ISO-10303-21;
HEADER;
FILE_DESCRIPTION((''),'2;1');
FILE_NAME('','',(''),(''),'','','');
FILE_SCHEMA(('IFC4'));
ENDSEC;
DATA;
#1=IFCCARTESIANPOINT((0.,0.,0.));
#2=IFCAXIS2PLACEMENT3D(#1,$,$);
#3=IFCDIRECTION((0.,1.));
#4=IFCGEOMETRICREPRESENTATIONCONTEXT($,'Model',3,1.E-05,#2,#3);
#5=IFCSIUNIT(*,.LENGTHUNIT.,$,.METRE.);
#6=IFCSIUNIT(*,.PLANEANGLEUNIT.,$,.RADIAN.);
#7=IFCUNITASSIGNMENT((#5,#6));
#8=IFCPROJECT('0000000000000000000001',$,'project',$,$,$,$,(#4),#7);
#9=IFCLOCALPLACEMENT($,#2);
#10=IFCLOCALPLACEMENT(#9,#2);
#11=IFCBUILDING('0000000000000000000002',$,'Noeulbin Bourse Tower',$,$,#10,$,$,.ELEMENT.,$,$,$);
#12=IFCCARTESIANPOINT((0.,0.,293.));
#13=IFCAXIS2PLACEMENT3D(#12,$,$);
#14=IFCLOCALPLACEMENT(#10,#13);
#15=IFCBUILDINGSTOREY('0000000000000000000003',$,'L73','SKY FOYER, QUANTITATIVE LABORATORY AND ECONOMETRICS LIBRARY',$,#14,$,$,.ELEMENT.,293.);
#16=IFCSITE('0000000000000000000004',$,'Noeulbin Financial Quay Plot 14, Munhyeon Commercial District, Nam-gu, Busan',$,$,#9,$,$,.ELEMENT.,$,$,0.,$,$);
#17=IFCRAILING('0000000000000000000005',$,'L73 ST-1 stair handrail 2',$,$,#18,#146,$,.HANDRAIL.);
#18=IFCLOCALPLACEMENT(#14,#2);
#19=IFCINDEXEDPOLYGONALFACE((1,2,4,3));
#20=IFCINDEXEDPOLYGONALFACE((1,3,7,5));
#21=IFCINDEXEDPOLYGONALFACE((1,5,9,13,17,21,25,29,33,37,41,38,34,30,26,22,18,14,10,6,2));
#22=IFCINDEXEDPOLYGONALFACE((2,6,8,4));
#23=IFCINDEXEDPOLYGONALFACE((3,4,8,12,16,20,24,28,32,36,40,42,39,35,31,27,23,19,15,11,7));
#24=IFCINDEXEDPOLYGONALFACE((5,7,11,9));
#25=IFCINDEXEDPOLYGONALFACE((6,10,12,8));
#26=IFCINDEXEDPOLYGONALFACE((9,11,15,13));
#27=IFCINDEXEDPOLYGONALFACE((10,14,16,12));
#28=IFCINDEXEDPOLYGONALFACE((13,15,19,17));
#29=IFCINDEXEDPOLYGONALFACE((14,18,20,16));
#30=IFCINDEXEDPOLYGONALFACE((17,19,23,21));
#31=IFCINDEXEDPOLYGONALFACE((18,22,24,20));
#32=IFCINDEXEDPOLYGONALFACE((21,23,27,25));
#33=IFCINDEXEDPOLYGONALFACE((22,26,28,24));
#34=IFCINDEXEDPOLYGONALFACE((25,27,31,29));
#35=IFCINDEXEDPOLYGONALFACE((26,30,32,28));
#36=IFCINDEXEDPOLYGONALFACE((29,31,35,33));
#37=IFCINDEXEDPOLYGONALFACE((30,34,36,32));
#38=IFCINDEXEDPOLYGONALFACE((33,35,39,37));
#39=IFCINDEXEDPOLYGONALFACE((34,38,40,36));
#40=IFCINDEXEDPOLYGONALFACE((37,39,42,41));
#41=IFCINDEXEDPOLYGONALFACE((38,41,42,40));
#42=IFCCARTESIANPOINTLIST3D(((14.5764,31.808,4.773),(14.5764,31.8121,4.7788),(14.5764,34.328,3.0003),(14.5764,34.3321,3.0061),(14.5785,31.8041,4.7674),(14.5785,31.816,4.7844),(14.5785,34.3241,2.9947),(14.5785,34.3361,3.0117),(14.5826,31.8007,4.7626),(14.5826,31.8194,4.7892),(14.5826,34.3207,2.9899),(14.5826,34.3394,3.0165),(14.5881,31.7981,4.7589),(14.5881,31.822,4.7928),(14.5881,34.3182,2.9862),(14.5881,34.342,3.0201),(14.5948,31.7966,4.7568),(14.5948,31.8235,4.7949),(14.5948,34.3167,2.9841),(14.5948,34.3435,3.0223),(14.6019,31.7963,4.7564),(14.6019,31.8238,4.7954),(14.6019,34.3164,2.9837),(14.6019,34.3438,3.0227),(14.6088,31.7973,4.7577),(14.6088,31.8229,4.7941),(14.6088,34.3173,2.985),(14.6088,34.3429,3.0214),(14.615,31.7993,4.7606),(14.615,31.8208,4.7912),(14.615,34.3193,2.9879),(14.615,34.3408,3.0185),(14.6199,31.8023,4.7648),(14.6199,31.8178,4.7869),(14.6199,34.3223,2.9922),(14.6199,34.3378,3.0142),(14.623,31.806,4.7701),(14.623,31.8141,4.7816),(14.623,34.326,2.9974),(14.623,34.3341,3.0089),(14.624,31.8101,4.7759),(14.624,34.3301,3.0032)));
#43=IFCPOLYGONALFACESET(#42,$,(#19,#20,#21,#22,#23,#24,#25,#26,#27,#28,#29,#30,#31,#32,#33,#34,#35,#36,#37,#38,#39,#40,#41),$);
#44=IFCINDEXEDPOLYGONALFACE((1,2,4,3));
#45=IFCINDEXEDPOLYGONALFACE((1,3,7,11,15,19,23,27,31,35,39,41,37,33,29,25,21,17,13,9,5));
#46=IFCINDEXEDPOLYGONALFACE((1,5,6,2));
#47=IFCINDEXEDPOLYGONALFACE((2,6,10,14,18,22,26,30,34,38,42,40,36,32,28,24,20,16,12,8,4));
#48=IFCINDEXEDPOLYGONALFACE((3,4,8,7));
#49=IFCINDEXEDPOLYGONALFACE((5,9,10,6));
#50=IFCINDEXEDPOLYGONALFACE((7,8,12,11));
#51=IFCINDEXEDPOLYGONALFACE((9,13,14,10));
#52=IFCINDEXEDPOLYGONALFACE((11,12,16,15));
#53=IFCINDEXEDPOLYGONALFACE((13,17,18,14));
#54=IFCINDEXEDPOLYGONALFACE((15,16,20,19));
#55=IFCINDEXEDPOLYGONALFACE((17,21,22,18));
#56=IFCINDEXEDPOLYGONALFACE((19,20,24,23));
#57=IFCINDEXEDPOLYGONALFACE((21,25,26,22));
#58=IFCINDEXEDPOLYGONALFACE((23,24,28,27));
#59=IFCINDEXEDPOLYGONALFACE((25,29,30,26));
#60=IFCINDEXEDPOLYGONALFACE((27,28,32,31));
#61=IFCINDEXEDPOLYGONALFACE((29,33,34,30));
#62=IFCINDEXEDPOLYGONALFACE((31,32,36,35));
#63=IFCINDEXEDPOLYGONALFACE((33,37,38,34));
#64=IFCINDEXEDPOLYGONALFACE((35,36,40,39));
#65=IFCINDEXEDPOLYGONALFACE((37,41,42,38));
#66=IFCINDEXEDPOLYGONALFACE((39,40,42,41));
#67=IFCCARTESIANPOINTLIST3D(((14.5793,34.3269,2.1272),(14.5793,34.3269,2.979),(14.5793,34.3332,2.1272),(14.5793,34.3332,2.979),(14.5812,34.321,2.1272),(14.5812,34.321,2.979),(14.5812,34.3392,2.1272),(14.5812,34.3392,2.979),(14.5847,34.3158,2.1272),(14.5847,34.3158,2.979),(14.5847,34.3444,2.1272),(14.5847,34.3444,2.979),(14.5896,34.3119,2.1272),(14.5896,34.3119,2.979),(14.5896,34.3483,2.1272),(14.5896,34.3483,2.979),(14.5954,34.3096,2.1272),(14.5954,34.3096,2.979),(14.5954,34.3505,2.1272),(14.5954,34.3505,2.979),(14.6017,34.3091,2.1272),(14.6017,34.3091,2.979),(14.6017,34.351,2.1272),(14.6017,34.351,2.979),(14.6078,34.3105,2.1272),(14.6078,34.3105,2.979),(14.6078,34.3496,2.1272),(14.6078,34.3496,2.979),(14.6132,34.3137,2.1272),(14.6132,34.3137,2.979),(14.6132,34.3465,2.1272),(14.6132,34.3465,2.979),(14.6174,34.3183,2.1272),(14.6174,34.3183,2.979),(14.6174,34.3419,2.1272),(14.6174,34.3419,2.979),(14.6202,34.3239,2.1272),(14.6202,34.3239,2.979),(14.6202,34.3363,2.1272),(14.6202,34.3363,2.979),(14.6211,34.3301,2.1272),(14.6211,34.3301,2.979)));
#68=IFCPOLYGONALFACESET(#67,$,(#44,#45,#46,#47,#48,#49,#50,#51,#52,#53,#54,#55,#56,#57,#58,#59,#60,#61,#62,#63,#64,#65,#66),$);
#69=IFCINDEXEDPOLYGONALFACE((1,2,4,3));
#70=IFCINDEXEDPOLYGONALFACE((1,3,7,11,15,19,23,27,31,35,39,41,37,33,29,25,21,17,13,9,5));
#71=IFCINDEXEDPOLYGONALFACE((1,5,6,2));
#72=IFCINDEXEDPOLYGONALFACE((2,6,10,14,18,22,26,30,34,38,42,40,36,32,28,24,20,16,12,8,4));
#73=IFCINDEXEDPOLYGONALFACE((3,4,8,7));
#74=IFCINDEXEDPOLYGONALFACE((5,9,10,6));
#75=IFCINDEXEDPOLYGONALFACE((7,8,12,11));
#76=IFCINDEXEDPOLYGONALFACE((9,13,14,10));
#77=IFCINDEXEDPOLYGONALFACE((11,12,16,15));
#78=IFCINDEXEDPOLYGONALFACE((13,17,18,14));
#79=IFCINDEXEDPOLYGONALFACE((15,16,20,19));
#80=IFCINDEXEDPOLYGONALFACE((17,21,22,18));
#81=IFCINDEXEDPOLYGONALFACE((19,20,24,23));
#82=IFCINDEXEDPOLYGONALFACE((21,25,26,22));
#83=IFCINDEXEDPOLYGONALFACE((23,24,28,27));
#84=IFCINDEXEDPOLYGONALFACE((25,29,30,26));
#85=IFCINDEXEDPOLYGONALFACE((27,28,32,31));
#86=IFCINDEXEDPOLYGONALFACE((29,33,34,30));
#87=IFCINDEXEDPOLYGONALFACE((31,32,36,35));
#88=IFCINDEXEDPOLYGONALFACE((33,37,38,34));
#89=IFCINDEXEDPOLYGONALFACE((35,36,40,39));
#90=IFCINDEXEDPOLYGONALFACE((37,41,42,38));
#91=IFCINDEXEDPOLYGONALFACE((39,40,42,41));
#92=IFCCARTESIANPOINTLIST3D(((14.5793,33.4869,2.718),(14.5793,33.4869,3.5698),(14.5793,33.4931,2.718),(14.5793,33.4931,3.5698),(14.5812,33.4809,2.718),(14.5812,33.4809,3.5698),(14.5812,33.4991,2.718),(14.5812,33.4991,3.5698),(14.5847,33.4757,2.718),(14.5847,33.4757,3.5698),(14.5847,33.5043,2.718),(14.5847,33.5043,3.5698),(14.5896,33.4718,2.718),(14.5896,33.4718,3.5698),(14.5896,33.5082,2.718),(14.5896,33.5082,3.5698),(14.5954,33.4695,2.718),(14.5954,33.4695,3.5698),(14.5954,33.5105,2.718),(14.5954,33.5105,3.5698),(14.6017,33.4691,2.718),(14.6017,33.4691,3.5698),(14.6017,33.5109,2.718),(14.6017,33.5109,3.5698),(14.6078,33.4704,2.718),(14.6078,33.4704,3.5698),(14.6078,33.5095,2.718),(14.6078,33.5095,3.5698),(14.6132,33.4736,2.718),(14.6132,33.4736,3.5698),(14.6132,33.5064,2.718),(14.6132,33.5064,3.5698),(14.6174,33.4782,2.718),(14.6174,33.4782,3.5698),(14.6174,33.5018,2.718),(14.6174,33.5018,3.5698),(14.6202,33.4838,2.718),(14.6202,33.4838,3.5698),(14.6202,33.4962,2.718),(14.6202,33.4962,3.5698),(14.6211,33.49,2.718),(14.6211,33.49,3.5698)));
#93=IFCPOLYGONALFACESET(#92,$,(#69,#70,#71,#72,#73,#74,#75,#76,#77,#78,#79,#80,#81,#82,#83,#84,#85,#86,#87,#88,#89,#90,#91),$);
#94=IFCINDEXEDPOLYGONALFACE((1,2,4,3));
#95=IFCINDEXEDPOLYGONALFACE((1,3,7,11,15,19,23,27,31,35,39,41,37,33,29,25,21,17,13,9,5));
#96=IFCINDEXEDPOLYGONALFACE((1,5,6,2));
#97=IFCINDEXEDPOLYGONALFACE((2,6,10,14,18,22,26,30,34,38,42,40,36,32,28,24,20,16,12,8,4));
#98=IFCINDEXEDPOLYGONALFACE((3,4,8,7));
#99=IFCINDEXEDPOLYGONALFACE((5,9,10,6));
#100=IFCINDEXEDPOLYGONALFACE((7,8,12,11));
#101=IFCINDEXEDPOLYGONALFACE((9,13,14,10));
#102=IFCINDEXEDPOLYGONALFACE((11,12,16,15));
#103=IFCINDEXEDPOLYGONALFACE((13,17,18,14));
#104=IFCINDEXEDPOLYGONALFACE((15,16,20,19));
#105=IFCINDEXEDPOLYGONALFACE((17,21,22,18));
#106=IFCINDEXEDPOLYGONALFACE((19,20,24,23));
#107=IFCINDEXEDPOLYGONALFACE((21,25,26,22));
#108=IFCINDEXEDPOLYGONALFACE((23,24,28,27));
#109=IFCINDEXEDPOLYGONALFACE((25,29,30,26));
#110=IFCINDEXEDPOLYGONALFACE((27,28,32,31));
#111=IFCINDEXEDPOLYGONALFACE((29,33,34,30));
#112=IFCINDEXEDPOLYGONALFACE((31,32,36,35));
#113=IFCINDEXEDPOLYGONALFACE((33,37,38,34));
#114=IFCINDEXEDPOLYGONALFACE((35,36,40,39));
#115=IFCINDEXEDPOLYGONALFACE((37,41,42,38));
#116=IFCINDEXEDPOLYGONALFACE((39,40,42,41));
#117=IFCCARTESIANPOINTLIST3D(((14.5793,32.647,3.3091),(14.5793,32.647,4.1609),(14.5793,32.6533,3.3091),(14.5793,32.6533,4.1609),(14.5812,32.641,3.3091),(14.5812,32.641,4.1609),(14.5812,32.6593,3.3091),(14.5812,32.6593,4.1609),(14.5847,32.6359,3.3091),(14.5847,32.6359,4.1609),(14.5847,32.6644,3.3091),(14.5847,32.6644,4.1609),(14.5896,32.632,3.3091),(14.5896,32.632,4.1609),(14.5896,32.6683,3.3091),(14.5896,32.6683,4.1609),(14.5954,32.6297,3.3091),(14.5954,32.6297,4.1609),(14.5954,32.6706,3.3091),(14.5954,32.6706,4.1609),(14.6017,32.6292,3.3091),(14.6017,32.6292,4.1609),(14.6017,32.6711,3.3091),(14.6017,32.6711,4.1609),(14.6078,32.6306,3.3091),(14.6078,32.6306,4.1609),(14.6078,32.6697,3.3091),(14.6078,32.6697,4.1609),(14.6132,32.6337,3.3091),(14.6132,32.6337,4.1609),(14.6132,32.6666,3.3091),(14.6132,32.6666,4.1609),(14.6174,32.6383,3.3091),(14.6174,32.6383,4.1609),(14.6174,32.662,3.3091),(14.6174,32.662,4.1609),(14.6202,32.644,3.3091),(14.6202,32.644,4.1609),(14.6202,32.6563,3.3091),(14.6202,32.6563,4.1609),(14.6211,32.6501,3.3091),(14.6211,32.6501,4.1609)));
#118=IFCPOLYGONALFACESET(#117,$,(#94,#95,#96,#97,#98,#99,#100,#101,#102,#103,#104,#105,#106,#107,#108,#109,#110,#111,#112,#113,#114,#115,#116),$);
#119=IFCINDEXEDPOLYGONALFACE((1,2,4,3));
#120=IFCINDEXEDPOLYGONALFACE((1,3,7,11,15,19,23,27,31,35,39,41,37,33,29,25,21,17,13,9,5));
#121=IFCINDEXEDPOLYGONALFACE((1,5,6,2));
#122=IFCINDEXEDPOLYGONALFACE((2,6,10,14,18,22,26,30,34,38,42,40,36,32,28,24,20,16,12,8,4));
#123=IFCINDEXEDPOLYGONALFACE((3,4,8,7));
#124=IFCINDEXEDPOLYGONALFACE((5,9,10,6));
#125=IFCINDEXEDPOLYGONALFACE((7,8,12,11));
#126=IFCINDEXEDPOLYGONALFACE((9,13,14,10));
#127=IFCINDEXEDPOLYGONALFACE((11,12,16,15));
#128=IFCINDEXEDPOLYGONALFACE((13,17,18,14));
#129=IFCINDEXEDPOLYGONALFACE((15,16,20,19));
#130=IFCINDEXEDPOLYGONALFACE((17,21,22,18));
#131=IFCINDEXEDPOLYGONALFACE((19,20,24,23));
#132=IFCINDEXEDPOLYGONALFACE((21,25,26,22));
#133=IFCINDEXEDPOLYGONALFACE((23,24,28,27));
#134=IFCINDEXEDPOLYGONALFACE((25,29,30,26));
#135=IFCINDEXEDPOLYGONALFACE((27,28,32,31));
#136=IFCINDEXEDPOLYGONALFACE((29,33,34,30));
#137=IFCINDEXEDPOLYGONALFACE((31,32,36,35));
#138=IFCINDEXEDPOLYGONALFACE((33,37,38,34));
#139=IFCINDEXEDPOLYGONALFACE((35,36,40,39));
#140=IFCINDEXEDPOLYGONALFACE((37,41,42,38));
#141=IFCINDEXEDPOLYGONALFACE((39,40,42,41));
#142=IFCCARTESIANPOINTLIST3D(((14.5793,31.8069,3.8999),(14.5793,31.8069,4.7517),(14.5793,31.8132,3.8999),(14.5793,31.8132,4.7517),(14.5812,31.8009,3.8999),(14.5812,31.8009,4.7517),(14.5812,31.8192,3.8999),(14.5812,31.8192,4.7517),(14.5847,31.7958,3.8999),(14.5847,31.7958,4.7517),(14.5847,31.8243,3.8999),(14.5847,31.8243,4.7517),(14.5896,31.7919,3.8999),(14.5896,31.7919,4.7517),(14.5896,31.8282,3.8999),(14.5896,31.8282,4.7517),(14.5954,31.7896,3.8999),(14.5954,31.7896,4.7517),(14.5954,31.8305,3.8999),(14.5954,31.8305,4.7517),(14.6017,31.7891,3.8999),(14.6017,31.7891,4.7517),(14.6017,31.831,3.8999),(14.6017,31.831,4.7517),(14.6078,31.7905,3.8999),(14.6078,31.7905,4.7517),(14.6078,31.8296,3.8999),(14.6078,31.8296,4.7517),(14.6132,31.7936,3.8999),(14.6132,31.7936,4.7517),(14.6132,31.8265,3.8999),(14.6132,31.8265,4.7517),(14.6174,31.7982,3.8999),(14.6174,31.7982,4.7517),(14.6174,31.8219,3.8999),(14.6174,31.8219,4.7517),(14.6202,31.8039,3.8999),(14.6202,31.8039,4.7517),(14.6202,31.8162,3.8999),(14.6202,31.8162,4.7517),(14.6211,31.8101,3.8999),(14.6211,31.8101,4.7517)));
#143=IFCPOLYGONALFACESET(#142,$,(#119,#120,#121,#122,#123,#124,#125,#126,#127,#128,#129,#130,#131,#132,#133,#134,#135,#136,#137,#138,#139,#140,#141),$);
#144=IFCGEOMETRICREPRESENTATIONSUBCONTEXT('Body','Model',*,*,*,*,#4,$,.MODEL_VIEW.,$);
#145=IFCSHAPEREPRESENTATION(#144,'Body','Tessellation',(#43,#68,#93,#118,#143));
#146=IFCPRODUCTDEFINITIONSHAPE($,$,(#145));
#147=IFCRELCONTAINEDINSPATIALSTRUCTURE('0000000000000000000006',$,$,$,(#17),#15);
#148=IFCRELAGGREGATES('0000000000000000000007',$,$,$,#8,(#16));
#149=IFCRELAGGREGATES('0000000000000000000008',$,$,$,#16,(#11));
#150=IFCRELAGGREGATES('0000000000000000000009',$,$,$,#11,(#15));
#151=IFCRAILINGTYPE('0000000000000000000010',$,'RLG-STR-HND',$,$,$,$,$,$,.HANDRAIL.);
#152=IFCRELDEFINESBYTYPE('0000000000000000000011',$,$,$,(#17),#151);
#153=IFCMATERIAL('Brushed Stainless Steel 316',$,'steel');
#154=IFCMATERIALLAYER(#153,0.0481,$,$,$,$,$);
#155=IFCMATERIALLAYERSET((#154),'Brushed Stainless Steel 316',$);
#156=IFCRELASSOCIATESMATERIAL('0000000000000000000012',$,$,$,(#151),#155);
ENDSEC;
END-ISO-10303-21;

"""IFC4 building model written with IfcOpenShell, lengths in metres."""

from ifc_helpers import new_model, si_unit, direction, frame, origin, origin_2d, place, context, subcontext, project, spatial, circle, extrude, material, layer, layer_set, type_object, element, save


model = new_model("IFC4")

# Units and contexts
model_context = context("Model", 3, precision=1e-05, world=origin(), true_north=direction((0.0, 1.0)))
body_context = subcontext(model_context, "Body", "Model", "MODEL_VIEW")
ifc_project = project(units=[si_unit("LENGTHUNIT", "METRE"), si_unit("PLANEANGLEUNIT", "RADIAN")], contexts=[model_context])

# Site, building, storey
site_placement = place(None, origin())
site = spatial("IfcSite", under=ifc_project, at=site_placement, Name="Noeulbin Financial Quay Plot 14, Munhyeon Commercial District, Nam-gu, Busan", CompositionType="ELEMENT", RefElevation=0.0)
building_placement = place(site_placement, origin())
building = spatial("IfcBuilding", under=site, at=building_placement, Name="Noeulbin Bourse Tower", CompositionType="ELEMENT")
storey_placement = place(building_placement, frame((0.0, 0.0, 293.0)))
storey = spatial("IfcBuildingStorey", under=building, at=storey_placement, Name="L73", Description="SKY FOYER, QUANTITATIVE LABORATORY AND ECONOMETRICS LIBRARY", CompositionType="ELEMENT", Elevation=293.0)

# Shared definitions
ifc_material_1 = material(Name="Brushed Stainless Steel 316", Category="steel")

# Railing
ifc_layer_1 = layer(ifc_material_1, 0.0481)
ifc_layer_set_1 = layer_set([ifc_layer_1], Name="Brushed Stainless Steel 316")
railing_type_1 = type_object("IfcRailingType", Name="RLG-STR-HND", PredefinedType="HANDRAIL", material=ifc_layer_set_1)
railing_1_placement = place(storey_placement, frame((14.6001, 34.3301, 2.1272)))
element("IfcRailing", 1, at=railing_1_placement, inside=storey, type_object=railing_type_1, Name="L73 ST-1 stair handrail 2", PredefinedType="HANDRAIL", context=body_context, shape_type="SweptSolid", body=[
    extrude(circle(Radius=0.0239, at=origin_2d()), frame((0.0, 0.0, 0.876), z_axis=(0.0, -0.817904, 0.575354), x_axis=(1.0, 0.0, 0.0)), (0.0, 0.0, 1.0), 3.0811),
    extrude(circle(Radius=0.021, at=origin_2d()), origin(), (0.0, 0.0, 1.0), 0.8518),
    extrude(circle(Radius=0.021, at=origin_2d()), frame((0.0, -0.8401, 0.5908)), (0.0, 0.0, 1.0), 0.8518),
    extrude(circle(Radius=0.021, at=origin_2d()), frame((0.0, -1.6799, 1.1819)), (0.0, 0.0, 1.0), 0.8518),
    extrude(circle(Radius=0.021, at=origin_2d()), frame((0.0, -2.52, 1.7727)), (0.0, 0.0, 1.0), 0.8518),
])

save(model, "model.ifc")
